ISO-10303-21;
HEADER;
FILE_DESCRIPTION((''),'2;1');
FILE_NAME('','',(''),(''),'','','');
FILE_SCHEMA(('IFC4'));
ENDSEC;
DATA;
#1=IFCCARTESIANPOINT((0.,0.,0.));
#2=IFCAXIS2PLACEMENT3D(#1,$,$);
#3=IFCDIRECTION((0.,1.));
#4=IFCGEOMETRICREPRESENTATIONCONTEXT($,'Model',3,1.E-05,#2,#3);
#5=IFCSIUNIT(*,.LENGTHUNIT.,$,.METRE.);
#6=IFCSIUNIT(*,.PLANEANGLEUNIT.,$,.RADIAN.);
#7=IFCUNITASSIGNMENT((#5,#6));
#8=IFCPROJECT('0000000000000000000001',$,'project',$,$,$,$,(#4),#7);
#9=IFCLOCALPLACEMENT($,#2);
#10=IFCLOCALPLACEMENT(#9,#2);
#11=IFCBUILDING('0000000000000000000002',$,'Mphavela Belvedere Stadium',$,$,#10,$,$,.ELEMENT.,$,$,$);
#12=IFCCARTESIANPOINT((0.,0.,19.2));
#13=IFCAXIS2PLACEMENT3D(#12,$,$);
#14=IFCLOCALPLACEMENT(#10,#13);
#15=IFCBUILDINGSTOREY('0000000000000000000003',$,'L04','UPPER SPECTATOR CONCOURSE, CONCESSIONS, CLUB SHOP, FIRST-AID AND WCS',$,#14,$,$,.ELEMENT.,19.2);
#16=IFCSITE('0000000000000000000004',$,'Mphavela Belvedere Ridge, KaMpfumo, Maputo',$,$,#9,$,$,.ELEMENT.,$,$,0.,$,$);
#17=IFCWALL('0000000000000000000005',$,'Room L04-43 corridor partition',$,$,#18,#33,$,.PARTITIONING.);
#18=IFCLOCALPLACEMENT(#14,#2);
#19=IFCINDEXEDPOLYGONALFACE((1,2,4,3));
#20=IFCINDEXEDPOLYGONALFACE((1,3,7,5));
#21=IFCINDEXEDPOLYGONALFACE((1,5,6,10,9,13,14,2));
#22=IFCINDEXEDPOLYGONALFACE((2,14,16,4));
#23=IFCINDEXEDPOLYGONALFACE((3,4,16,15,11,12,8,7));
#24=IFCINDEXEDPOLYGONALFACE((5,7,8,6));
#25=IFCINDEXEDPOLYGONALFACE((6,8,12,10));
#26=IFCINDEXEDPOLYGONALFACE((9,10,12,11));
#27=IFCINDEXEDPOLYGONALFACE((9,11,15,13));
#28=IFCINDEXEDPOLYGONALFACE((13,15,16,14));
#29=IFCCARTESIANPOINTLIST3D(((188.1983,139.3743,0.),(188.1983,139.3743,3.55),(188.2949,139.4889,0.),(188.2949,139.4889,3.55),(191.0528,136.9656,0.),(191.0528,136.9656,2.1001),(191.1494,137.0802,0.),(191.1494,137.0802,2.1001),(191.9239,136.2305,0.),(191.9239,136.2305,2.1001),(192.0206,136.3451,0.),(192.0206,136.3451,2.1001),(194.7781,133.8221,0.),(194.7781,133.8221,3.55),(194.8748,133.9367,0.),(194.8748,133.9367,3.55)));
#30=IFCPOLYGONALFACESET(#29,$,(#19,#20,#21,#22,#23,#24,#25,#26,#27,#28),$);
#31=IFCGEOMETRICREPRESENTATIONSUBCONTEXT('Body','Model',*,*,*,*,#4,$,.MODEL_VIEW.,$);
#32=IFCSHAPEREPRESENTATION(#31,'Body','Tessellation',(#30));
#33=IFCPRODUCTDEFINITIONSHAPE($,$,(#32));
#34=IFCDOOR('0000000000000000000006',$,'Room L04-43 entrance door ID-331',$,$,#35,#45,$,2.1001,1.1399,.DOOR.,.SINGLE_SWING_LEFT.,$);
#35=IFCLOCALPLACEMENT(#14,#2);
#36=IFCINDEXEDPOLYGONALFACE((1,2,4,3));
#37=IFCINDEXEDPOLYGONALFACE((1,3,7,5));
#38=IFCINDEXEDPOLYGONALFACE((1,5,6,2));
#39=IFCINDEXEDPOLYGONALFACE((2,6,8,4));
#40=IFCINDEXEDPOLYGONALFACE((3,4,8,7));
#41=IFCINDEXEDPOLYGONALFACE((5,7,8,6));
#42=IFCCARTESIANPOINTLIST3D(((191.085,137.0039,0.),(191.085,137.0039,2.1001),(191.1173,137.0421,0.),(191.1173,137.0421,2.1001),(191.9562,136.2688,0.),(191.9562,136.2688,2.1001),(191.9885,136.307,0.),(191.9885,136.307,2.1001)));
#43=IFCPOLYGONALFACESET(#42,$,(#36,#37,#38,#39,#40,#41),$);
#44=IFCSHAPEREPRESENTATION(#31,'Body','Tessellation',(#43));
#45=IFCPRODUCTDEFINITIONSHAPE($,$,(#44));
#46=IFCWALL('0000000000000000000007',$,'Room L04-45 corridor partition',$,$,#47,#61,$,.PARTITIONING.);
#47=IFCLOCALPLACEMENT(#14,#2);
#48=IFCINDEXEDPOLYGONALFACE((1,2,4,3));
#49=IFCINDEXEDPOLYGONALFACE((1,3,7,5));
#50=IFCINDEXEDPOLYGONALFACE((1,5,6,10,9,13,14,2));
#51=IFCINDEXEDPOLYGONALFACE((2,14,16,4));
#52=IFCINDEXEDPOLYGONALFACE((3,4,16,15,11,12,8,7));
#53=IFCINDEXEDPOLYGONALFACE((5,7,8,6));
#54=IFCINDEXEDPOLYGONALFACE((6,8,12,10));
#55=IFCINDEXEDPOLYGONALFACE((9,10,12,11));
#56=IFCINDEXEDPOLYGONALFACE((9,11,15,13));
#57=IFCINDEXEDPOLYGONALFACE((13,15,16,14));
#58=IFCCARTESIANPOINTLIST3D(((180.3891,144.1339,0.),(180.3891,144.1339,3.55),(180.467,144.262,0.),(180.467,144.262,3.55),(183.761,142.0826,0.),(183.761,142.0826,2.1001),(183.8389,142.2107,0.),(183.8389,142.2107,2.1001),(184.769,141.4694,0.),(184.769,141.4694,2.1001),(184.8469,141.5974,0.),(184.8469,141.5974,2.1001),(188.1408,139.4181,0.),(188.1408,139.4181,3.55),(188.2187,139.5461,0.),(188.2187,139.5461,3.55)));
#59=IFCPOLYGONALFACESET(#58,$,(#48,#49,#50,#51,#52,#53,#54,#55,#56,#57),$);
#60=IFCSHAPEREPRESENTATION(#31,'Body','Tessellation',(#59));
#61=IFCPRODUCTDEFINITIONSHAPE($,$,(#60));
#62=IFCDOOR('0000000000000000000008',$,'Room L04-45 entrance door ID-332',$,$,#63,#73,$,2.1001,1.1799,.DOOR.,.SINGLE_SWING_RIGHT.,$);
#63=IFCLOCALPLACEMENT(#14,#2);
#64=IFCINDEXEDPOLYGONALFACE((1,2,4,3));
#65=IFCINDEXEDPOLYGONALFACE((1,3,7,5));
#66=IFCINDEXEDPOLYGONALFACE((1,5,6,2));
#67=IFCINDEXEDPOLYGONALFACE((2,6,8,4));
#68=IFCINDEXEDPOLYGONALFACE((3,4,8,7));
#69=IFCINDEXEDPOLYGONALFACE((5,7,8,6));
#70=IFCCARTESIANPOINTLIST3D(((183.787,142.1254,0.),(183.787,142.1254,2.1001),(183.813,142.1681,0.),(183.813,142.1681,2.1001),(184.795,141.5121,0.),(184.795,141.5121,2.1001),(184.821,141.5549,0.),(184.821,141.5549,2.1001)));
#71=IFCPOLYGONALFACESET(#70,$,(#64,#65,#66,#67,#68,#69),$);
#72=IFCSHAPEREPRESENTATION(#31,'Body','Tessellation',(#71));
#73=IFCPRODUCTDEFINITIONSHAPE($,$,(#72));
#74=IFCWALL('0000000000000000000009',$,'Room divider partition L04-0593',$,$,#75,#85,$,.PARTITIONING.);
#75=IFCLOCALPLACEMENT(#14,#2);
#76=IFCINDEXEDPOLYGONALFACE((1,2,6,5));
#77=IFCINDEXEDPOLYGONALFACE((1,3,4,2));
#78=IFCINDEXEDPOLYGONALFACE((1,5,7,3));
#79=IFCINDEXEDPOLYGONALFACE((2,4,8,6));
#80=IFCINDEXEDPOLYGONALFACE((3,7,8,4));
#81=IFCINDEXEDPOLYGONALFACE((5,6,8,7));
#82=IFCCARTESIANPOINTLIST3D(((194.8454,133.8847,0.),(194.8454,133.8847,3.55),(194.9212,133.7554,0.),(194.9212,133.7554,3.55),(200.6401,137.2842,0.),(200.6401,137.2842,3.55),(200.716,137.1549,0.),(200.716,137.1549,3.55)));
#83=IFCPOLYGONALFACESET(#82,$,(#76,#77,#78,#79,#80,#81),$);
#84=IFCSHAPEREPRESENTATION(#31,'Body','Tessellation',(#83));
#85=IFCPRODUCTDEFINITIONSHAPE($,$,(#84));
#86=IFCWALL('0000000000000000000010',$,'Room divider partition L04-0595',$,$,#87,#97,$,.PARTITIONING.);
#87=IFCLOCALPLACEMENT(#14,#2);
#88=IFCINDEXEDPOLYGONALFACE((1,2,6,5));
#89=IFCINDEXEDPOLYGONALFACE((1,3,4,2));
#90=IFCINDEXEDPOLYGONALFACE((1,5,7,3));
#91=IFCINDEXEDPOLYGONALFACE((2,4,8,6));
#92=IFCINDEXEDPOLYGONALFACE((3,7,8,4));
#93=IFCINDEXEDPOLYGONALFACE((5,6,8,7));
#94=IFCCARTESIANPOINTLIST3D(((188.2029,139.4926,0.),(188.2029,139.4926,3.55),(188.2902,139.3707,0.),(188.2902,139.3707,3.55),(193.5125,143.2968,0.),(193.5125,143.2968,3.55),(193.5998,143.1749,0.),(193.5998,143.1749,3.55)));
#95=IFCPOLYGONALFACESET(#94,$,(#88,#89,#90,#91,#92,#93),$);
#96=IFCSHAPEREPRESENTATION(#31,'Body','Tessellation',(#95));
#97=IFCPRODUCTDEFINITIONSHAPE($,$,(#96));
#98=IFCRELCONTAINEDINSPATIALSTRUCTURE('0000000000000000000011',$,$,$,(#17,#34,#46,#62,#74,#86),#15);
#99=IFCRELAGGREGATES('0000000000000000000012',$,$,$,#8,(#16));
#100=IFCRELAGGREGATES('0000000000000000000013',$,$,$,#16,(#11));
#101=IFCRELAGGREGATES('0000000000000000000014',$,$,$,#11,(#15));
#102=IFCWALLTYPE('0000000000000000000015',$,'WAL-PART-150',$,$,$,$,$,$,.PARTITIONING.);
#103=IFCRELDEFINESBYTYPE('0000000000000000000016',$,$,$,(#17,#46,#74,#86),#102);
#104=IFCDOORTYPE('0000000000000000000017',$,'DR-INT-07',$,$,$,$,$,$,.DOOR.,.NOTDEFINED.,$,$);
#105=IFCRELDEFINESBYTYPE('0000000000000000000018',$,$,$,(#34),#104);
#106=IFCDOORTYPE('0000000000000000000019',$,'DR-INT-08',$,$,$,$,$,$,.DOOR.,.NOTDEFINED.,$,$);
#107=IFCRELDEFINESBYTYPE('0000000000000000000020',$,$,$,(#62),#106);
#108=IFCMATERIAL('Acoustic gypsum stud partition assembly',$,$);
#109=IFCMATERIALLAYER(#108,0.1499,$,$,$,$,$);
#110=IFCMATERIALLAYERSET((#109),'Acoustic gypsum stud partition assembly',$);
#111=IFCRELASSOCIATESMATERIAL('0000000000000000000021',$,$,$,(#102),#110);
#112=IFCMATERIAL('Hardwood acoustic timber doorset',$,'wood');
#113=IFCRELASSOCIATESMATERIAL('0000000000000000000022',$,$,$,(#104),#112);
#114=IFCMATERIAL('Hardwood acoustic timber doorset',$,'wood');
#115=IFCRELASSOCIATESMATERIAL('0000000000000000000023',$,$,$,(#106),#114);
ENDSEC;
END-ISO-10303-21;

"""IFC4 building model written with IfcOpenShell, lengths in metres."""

from ifc_helpers import new_model, si_unit, direction, frame, frame_2d, origin, place, context, subcontext, project, spatial, rectangle, extrude, material, layer, layer_set, type_object, element, fill, save


model = new_model("IFC4")

# Units and contexts
model_context = context("Model", 3, precision=1e-05, world=origin(), true_north=direction((0.0, 1.0)))
body_context = subcontext(model_context, "Body", "Model", "MODEL_VIEW")
ifc_project = project(units=[si_unit("LENGTHUNIT", "METRE"), si_unit("PLANEANGLEUNIT", "RADIAN")], contexts=[model_context])

# Site, building, storey
site_placement = place(None, origin())
site = spatial("IfcSite", under=ifc_project, at=site_placement, Name="Mphavela Belvedere Ridge, KaMpfumo, Maputo", CompositionType="ELEMENT", RefElevation=0.0)
building_placement = place(site_placement, origin())
building = spatial("IfcBuilding", under=site, at=building_placement, Name="Mphavela Belvedere Stadium", CompositionType="ELEMENT")
storey_placement = place(building_placement, frame((0.0, 0.0, 19.2)))
storey = spatial("IfcBuildingStorey", under=building, at=storey_placement, Name="L04", Description="UPPER SPECTATOR CONCOURSE, CONCESSIONS, CLUB SHOP, FIRST-AID AND WCS", CompositionType="ELEMENT", Elevation=19.2)

# Walls, openings, doors
ifc_material_1 = material(Name="Acoustic gypsum stud partition assembly")
ifc_layer_1 = layer(ifc_material_1, 0.1499)
ifc_layer_set_1 = layer_set([ifc_layer_1], Name="Acoustic gypsum stud partition assembly")
wall_type = type_object("IfcWallType", Name="WAL-PART-150", PredefinedType="PARTITIONING", material=ifc_layer_set_1)
wall_1_placement = place(storey_placement, frame((194.8264, 133.8794, 0.0), z_axis=(0.0, 0.0, 1.0), x_axis=(-0.764262, 0.644906, 0.0)))
wall_1 = element("IfcWall", 1, at=wall_1_placement, inside=storey, type_object=wall_type, Name="Room L04-43 corridor partition", PredefinedType="PARTITIONING", context=body_context, shape_type="SweptSolid", body=[
    extrude(rectangle(XDim=8.6094, YDim=0.1499, at=frame_2d((4.3047, 0.0))), origin(), (0.0, 0.0, 1.0), 3.55),
])
opening_1_placement = place(wall_1_placement, frame((3.7346, 0.0, 0.0)))
opening_1 = element("IfcOpeningElement", 2, at=opening_1_placement, cuts=wall_1, PredefinedType="OPENING", context=body_context, shape_type="SweptSolid", body=[
    extrude(rectangle(XDim=1.1399, YDim=2.1001, at=frame_2d((0.5698, 1.05))), frame((0.0, 0.085, 0.0), z_axis=(0.0, -1.0, 0.0), x_axis=(1.0, 0.0, 0.0)), (0.0, 0.0, 1.0), 0.1699),
])
ifc_material_2 = material(Name="Hardwood acoustic timber doorset", Category="wood")
door_type_1 = type_object("IfcDoorType", Name="DR-INT-07", OperationType="NOTDEFINED", PredefinedType="DOOR", material=ifc_material_2)
door_1_placement = place(opening_1_placement, origin())
door_1 = element("IfcDoor", 3, at=door_1_placement, inside=storey, type_object=door_type_1, Name="Room L04-43 entrance door ID-331", OperationType="SINGLE_SWING_LEFT", OverallHeight=2.1001, OverallWidth=1.1399, PredefinedType="DOOR", context=body_context, shape_type="SweptSolid", body=[
    extrude(rectangle(XDim=1.1399, YDim=2.1001, at=frame_2d((0.5698, 1.05))), frame((0.0, 0.0249, 0.0), z_axis=(0.0, -1.0, 0.0), x_axis=(1.0, 0.0, 0.0)), (0.0, 0.0, 1.0), 0.05),
])
fill(opening_1, door_1)
wall_2_placement = place(storey_placement, frame((188.1797, 139.4822, 0.0), z_axis=(0.0, 0.0, 1.0), x_axis=(-0.854326, 0.519737, 0.0)))
wall_2 = element("IfcWall", 4, at=wall_2_placement, inside=storey, type_object=wall_type, Name="Room L04-45 corridor partition", PredefinedType="PARTITIONING", context=body_context, shape_type="SweptSolid", body=[
    extrude(rectangle(XDim=9.0735, YDim=0.1499, at=frame_2d((4.5366, 0.0))), origin(), (0.0, 0.0, 1.0), 3.55),
])
opening_2_placement = place(wall_2_placement, frame((3.9468, 0.0, 0.0)))
opening_2 = element("IfcOpeningElement", 5, at=opening_2_placement, cuts=wall_2, PredefinedType="OPENING", context=body_context, shape_type="SweptSolid", body=[
    extrude(rectangle(XDim=1.1799, YDim=2.1001, at=frame_2d((0.5898, 1.05))), frame((0.0, 0.085, 0.0), z_axis=(0.0, -1.0, 0.0), x_axis=(1.0, 0.0, 0.0)), (0.0, 0.0, 1.0), 0.1699),
])
ifc_material_3 = material(Name="Hardwood acoustic timber doorset", Category="wood")
door_type_2 = type_object("IfcDoorType", Name="DR-INT-08", OperationType="NOTDEFINED", PredefinedType="DOOR", material=ifc_material_3)
door_2_placement = place(opening_2_placement, origin())
door_2 = element("IfcDoor", 6, at=door_2_placement, inside=storey, type_object=door_type_2, Name="Room L04-45 entrance door ID-332", OperationType="SINGLE_SWING_RIGHT", OverallHeight=2.1001, OverallWidth=1.1799, PredefinedType="DOOR", context=body_context, shape_type="SweptSolid", body=[
    extrude(rectangle(XDim=1.1799, YDim=2.1001, at=frame_2d((0.5898, 1.05))), frame((0.0, 0.0249, 0.0), z_axis=(0.0, -1.0, 0.0), x_axis=(1.0, 0.0, 0.0)), (0.0, 0.0, 1.0), 0.05),
])
fill(opening_2, door_2)

# Walls
wall_3_placement = place(storey_placement, frame((194.8833, 133.8201, 0.0), z_axis=(0.0, 0.0, 1.0), x_axis=(0.862533, 0.506, 0.0)))
element("IfcWall", 7, at=wall_3_placement, inside=storey, type_object=wall_type, Name="Room divider partition L04-0593", PredefinedType="PARTITIONING", context=body_context, shape_type="SweptSolid", body=[
    extrude(rectangle(XDim=6.7183, YDim=0.1499, at=frame_2d((3.3591, 0.0))), origin(), (0.0, 0.0, 1.0), 3.55),
])
wall_4_placement = place(storey_placement, frame((188.2466, 139.4316, 0.0), z_axis=(0.0, 0.0, 1.0), x_axis=(0.812889, 0.582419, 0.0)))
element("IfcWall", 8, at=wall_4_placement, inside=storey, type_object=wall_type, Name="Room divider partition L04-0595", PredefinedType="PARTITIONING", context=body_context, shape_type="SweptSolid", body=[
    extrude(rectangle(XDim=6.5317, YDim=0.1499, at=frame_2d((3.2659, 0.0))), origin(), (0.0, 0.0, 1.0), 3.55),
])

save(model, "model.ifc")
